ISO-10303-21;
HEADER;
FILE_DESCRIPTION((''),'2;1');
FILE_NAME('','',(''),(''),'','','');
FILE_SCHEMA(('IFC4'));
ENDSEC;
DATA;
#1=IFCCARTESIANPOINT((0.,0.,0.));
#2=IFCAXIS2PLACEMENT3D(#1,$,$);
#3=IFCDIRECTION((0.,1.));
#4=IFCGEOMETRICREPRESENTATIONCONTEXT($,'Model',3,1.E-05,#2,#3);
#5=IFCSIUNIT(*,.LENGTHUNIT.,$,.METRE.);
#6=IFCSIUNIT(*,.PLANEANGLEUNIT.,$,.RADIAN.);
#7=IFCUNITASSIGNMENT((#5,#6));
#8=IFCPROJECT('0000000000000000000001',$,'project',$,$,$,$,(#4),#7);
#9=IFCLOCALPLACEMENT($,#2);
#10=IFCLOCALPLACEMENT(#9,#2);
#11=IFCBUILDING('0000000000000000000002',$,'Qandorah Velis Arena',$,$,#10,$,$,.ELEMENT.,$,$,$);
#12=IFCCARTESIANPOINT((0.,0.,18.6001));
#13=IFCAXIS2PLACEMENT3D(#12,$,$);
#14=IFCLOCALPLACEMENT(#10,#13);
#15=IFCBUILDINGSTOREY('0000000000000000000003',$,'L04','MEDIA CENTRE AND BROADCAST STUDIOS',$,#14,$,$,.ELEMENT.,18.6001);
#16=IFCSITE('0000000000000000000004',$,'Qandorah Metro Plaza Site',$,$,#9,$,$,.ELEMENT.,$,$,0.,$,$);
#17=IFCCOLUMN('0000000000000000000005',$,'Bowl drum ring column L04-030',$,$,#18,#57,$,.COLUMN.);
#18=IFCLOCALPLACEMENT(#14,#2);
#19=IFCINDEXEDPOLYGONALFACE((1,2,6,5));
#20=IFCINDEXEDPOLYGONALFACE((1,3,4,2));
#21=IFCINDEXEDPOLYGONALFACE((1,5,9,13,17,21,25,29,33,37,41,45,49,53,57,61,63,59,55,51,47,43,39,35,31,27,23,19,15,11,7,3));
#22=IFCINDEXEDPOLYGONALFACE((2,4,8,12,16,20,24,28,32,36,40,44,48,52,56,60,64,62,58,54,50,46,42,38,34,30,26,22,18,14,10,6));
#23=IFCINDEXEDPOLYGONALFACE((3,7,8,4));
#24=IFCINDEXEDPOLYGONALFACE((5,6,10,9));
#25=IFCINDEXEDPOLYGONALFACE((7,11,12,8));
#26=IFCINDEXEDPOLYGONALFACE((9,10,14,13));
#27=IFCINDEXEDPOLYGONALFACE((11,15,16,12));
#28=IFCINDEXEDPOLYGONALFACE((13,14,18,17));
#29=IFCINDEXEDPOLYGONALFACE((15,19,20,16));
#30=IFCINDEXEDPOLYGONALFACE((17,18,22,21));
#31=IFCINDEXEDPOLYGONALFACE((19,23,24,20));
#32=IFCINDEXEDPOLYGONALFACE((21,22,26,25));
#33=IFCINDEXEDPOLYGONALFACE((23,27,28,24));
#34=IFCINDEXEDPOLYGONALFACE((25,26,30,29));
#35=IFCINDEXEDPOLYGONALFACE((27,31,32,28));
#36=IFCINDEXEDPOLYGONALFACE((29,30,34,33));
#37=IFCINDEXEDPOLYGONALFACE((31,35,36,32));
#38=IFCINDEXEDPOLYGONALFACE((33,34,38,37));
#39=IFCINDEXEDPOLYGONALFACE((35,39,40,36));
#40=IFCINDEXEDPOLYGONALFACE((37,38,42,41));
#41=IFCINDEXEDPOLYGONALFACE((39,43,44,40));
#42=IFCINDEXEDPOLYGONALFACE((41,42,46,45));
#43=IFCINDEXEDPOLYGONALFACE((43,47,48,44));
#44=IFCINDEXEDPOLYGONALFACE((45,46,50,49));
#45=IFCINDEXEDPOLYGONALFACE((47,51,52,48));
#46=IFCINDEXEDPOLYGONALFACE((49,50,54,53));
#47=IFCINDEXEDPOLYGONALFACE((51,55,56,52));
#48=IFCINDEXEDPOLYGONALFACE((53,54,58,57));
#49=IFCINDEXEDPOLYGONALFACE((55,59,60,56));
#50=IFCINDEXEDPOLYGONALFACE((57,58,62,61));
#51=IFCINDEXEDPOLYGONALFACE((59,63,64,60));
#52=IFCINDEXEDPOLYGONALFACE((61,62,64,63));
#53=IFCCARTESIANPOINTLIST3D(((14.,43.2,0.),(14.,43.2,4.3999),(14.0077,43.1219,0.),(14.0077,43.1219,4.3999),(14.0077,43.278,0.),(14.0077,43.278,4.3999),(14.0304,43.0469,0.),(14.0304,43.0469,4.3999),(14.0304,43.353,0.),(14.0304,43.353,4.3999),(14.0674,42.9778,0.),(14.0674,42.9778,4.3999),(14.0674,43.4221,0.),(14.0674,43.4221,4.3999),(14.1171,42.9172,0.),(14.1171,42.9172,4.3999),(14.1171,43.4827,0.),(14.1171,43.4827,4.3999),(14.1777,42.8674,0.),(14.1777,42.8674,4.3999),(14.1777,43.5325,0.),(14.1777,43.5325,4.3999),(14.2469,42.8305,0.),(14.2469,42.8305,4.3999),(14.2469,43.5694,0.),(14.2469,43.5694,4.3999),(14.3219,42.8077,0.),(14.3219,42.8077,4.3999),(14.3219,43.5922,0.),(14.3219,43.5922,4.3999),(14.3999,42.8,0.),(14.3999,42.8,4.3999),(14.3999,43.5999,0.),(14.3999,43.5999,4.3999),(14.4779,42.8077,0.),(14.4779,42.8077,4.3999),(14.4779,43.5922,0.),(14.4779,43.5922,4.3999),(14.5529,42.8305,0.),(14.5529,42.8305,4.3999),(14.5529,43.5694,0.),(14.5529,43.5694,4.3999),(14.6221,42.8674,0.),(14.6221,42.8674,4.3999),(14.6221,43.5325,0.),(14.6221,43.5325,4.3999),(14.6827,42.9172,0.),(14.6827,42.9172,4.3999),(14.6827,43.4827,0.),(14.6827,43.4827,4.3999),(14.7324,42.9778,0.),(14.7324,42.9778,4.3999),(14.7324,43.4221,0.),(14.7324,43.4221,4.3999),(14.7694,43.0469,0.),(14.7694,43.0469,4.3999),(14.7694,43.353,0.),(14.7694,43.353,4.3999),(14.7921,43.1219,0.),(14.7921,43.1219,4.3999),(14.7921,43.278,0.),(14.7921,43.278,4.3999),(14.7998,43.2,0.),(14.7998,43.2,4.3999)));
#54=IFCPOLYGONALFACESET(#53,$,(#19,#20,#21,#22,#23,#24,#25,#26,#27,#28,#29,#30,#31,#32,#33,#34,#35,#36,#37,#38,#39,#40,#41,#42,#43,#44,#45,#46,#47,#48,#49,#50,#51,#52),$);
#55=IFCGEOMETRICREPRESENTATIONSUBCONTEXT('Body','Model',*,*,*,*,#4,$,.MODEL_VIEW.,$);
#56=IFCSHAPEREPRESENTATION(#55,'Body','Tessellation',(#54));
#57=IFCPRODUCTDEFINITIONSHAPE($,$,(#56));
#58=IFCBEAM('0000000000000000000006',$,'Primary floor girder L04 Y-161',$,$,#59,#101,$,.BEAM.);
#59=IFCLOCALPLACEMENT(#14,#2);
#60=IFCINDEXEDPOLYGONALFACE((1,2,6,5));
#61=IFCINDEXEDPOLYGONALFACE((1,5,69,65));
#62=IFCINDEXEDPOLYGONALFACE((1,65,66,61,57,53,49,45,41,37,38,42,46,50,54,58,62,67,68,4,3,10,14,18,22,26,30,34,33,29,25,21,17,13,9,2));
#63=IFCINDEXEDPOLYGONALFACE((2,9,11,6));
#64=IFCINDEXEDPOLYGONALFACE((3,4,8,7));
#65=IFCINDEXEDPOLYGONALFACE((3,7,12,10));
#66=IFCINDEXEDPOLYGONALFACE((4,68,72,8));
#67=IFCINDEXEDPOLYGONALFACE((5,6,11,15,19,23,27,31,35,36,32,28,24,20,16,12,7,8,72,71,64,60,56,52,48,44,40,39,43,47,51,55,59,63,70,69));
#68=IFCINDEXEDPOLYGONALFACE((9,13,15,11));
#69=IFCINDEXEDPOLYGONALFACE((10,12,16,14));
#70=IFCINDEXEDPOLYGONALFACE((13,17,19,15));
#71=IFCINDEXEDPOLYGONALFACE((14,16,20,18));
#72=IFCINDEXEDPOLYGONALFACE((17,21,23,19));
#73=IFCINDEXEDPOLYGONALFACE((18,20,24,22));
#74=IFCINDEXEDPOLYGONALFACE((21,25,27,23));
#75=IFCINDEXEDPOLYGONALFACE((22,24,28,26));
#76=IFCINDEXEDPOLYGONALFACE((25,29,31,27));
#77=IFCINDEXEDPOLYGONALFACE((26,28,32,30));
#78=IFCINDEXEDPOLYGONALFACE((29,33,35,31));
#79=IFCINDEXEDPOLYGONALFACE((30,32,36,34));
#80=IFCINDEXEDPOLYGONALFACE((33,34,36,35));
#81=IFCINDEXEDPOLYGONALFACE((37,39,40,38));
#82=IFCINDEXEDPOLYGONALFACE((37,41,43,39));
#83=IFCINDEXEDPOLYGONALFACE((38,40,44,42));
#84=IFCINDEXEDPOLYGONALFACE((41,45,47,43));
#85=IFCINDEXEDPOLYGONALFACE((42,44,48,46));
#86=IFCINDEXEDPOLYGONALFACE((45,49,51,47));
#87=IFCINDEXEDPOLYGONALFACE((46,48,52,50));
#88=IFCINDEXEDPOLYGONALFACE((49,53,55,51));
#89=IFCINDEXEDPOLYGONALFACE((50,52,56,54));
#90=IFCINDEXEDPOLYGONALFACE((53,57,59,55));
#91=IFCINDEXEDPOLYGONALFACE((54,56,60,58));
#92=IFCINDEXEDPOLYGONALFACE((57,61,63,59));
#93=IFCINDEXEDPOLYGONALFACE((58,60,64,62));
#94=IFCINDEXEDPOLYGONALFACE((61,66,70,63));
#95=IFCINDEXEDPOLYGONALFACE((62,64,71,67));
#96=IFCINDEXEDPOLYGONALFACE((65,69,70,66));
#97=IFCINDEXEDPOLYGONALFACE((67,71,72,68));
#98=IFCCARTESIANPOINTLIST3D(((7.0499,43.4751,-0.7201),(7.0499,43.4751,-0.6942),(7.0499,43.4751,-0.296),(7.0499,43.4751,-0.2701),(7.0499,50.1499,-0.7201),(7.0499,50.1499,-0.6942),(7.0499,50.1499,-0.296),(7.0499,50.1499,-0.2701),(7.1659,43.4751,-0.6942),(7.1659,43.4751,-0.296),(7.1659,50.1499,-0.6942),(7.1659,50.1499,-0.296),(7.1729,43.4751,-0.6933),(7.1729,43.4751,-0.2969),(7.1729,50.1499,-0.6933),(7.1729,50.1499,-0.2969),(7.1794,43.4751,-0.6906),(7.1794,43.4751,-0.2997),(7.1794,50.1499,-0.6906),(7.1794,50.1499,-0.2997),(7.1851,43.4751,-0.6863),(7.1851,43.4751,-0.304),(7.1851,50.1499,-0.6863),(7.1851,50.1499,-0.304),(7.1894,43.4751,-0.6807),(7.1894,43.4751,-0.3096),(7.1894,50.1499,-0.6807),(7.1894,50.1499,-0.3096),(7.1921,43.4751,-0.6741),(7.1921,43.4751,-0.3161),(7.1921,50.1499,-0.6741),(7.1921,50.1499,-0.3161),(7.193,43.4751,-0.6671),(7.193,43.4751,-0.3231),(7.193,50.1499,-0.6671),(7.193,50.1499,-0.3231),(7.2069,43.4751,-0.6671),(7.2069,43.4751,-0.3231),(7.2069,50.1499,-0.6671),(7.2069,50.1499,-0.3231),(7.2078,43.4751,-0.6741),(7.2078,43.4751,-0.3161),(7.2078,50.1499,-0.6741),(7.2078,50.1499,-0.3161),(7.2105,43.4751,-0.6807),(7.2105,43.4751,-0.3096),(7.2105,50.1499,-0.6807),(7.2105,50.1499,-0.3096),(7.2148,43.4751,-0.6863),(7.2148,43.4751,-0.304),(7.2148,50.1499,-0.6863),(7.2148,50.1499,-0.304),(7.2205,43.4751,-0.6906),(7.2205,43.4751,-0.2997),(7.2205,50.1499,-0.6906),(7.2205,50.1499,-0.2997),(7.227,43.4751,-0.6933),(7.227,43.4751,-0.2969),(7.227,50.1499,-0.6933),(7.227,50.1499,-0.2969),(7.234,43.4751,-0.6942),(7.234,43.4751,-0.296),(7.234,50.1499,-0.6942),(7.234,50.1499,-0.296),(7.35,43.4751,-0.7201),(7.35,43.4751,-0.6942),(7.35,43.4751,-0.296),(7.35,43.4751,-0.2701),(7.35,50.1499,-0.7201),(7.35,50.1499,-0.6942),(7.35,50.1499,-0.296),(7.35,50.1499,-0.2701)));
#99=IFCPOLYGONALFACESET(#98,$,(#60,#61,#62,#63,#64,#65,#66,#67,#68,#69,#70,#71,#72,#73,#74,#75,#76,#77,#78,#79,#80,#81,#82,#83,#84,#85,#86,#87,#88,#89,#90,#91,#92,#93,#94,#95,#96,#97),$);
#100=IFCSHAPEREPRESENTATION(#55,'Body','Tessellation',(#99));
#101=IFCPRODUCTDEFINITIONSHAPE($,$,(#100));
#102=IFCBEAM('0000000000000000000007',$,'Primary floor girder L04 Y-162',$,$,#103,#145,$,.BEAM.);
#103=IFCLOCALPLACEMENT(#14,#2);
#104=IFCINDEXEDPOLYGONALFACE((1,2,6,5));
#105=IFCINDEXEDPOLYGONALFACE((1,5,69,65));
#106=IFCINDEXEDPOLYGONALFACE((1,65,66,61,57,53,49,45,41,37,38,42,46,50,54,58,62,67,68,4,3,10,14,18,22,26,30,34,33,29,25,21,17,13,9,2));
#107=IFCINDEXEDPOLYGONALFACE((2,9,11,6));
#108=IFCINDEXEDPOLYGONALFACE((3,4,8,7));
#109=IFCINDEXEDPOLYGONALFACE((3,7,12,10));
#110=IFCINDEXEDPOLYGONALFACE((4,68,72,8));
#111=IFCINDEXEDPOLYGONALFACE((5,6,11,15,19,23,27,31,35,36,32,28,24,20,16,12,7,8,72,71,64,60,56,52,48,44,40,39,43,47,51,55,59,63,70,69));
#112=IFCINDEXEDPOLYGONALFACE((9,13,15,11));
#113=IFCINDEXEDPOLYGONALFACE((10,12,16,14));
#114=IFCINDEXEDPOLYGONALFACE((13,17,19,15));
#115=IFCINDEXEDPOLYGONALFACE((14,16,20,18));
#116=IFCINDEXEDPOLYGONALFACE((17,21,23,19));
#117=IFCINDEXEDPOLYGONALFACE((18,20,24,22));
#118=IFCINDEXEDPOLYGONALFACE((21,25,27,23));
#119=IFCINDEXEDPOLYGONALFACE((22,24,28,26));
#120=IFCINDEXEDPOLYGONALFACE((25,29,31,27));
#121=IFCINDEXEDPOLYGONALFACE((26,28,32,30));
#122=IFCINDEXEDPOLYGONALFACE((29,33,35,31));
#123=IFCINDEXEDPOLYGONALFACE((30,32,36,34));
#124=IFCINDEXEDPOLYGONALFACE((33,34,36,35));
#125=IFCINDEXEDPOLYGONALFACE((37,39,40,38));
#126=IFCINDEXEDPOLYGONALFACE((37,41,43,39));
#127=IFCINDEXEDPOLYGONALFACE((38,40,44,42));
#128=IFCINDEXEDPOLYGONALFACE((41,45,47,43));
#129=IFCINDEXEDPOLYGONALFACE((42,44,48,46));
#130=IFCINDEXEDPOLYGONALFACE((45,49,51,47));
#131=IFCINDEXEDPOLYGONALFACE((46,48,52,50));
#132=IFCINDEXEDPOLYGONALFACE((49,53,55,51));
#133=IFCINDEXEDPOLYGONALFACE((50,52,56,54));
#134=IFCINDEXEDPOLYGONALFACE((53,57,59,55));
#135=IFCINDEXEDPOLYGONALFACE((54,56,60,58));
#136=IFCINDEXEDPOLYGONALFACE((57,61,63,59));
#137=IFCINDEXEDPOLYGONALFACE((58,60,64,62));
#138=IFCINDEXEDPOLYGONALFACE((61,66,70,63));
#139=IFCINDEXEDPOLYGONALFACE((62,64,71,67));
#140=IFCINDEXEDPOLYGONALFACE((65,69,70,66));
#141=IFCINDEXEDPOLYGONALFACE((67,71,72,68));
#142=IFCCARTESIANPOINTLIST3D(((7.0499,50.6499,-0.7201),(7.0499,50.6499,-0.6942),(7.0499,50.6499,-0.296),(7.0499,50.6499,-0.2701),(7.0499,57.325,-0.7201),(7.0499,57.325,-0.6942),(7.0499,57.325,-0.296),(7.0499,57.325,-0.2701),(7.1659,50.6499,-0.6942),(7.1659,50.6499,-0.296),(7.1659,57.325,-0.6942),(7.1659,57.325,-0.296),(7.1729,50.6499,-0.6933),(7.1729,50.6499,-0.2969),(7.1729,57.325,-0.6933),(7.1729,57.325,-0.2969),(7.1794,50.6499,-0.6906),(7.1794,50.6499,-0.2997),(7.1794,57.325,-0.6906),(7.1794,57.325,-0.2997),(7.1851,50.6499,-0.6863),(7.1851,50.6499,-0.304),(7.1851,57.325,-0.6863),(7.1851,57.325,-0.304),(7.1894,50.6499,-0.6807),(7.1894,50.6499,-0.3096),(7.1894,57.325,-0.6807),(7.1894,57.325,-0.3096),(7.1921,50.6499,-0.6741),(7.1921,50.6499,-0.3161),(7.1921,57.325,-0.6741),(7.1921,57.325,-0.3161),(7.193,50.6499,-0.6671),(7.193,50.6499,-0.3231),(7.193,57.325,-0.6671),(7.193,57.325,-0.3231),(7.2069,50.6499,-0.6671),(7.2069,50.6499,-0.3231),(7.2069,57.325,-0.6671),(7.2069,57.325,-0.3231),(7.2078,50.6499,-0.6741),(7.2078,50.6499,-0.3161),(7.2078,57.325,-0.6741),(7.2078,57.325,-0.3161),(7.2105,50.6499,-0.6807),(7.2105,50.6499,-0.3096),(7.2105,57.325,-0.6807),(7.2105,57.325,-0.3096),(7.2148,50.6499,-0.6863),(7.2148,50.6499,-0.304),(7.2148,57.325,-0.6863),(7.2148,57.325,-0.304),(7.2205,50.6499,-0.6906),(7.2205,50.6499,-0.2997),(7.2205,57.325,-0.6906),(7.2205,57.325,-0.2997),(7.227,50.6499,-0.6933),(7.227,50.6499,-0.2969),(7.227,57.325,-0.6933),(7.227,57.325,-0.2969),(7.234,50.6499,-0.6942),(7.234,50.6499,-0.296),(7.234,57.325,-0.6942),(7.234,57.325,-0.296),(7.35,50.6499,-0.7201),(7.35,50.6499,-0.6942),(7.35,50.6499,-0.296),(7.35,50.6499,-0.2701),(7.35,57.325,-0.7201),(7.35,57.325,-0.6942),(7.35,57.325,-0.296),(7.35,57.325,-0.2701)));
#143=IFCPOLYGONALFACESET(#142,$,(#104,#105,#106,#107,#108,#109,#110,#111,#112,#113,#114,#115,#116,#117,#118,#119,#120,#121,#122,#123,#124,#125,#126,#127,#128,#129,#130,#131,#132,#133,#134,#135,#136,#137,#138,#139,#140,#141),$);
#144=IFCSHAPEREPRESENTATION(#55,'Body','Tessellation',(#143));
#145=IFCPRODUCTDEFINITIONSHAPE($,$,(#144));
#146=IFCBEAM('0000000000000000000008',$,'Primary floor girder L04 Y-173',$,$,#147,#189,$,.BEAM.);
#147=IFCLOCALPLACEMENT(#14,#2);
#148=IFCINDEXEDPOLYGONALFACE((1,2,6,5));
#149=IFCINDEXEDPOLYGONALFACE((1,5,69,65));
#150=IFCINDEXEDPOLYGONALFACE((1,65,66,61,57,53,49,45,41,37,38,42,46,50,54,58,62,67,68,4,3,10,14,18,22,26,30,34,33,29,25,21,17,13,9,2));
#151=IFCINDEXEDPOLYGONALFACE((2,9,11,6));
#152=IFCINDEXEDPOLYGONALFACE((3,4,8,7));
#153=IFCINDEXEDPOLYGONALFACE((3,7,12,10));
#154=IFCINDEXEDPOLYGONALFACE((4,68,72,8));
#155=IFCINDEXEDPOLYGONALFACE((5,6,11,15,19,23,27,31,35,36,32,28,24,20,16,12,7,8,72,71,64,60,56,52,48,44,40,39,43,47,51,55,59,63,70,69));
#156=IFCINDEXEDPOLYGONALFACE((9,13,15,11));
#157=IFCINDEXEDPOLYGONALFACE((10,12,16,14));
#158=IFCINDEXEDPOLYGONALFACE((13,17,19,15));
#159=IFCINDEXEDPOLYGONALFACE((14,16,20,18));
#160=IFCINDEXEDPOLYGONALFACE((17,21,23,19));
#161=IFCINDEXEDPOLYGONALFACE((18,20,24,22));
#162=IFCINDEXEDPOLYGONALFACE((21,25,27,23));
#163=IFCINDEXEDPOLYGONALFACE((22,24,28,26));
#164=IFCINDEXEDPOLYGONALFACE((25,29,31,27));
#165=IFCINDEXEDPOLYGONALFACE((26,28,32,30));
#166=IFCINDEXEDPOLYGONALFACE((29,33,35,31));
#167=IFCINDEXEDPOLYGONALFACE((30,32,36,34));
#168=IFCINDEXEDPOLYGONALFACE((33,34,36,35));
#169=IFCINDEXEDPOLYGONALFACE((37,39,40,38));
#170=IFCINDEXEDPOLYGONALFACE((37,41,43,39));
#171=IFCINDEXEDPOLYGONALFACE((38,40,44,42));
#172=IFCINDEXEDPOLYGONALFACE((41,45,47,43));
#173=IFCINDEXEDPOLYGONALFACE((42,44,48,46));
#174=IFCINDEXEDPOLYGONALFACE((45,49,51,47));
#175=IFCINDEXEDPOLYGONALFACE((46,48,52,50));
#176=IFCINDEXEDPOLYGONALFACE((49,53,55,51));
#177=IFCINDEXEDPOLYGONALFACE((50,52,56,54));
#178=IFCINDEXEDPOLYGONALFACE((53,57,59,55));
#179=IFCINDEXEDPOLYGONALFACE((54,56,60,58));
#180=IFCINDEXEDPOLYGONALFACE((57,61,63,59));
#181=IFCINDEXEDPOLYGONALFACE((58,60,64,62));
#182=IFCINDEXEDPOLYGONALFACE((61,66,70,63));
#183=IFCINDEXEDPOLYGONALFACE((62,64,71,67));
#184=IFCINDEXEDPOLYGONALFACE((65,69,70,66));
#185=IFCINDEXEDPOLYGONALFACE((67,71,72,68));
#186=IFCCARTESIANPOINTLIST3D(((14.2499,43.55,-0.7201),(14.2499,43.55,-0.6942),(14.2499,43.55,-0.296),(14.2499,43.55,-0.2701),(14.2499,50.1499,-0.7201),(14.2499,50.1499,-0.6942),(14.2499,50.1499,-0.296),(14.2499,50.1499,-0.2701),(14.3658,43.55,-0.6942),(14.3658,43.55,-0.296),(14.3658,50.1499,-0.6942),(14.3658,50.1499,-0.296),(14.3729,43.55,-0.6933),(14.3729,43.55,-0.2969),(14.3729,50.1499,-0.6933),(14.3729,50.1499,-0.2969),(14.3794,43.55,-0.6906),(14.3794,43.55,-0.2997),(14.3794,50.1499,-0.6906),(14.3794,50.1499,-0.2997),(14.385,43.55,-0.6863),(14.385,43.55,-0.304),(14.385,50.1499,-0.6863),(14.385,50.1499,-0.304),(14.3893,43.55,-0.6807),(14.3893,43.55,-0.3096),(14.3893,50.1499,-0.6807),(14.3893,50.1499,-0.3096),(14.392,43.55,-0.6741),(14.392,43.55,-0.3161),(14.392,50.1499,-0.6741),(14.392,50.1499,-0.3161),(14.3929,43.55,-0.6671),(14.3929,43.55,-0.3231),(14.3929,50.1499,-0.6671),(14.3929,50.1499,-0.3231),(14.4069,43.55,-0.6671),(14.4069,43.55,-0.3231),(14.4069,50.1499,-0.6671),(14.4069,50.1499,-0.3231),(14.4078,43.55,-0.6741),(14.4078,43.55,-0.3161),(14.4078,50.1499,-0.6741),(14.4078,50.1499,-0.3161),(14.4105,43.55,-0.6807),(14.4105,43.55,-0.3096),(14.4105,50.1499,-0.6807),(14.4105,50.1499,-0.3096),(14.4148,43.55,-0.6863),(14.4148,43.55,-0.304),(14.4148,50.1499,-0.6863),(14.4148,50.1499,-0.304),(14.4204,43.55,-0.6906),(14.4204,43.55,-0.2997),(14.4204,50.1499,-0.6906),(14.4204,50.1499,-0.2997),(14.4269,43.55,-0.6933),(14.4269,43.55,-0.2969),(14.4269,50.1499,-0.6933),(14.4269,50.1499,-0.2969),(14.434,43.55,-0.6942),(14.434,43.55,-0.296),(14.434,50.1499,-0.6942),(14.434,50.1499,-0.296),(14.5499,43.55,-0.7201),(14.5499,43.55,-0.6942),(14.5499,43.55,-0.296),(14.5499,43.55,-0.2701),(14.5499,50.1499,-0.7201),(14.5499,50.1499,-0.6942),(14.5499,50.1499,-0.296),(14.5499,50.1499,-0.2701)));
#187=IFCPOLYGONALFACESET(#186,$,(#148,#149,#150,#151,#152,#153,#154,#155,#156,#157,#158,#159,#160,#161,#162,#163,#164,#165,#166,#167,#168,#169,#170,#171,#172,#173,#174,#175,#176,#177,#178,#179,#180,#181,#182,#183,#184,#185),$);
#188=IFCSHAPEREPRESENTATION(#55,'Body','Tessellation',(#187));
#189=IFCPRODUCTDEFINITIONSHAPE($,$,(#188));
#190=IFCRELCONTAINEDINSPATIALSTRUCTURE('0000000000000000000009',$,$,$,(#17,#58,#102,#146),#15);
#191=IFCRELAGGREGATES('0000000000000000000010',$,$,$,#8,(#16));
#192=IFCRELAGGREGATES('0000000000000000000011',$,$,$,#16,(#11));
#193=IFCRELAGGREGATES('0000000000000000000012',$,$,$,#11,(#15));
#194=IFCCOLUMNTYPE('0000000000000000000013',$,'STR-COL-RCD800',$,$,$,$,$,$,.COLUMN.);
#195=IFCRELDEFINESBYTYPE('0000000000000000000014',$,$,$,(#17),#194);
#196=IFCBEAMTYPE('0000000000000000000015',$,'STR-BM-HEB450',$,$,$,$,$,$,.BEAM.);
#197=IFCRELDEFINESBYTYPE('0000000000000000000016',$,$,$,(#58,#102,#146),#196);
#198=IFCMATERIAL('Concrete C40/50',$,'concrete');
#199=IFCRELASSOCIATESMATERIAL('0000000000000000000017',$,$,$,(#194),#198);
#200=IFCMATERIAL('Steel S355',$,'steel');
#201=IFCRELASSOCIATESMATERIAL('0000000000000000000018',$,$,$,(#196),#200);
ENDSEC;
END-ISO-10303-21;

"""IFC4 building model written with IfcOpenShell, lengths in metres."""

from ifc_helpers import new_model, si_unit, direction, frame, origin, origin_2d, place, context, subcontext, project, spatial, circle, i_section, extrude, material, material_profile, profile_set, type_object, element, save


model = new_model("IFC4")

# Units and contexts
model_context = context("Model", 3, precision=1e-05, world=origin(), true_north=direction((0.0, 1.0)))
body_context = subcontext(model_context, "Body", "Model", "MODEL_VIEW")
ifc_project = project(units=[si_unit("LENGTHUNIT", "METRE"), si_unit("PLANEANGLEUNIT", "RADIAN")], contexts=[model_context])

# Site, building, storey
site_placement = place(None, origin())
site = spatial("IfcSite", under=ifc_project, at=site_placement, Name="Qandorah Metro Plaza Site", CompositionType="ELEMENT", RefElevation=0.0)
building_placement = place(site_placement, origin())
building = spatial("IfcBuilding", under=site, at=building_placement, Name="Qandorah Velis Arena", CompositionType="ELEMENT")
storey_placement = place(building_placement, frame((0.0, 0.0, 18.6001)))
storey = spatial("IfcBuildingStorey", under=building, at=storey_placement, Name="L04", Description="MEDIA CENTRE AND BROADCAST STUDIOS", CompositionType="ELEMENT", Elevation=18.6001)

# Column
ifc_material_1 = material(Name="Steel S355", Category="steel")
ifc_material_2 = material(Name="Concrete C40/50", Category="concrete")
ifc_material_profile_1 = material_profile(ifc_material_2, circle(Radius=0.3999, at=origin_2d()), Name="RC D800")
ifc_profile_set_1 = profile_set([ifc_material_profile_1], Name="Concrete C40/50")
column_type_1 = type_object("IfcColumnType", Name="STR-COL-RCD800", PredefinedType="COLUMN", material=ifc_profile_set_1)
column_placement = place(storey_placement, frame((14.3999, 43.2, 0.0), z_axis=(0.0, 0.0, 1.0), x_axis=(1.0, 0.0, 0.0)))
element("IfcColumn", 1, at=column_placement, inside=storey, type_object=column_type_1, Name="Bowl drum ring column L04-030", PredefinedType="COLUMN", context=body_context, shape_type="SweptSolid", body=[
    extrude(circle(Radius=0.3999, at=origin_2d()), origin(), (0.0, 0.0, 1.0), 4.3999),
])

# Beams
ifc_material_profile_2 = material_profile(ifc_material_1, i_section(OverallWidth=0.3, OverallDepth=0.45, WebThickness=0.0139, FlangeThickness=0.0259, FilletRadius=0.0271, at=origin_2d()), Name="HEB 450")
ifc_profile_set_2 = profile_set([ifc_material_profile_2], Name="Steel S355")
beam_type_1 = type_object("IfcBeamType", Name="STR-BM-HEB450", PredefinedType="BEAM", material=ifc_profile_set_2)
beam_1_placement = place(storey_placement, frame((7.2, 43.4751, -0.4951), z_axis=(0.0, 1.0, 0.0), x_axis=(-1.0, 0.0, 0.0)))
element("IfcBeam", 2, at=beam_1_placement, inside=storey, type_object=beam_type_1, Name="Primary floor girder L04 Y-161", PredefinedType="BEAM", context=body_context, shape_type="SweptSolid", body=[
    extrude(i_section(OverallWidth=0.3, OverallDepth=0.45, WebThickness=0.0139, FlangeThickness=0.0259, FilletRadius=0.0271, at=origin_2d()), origin(), (0.0, 0.0, 1.0), 6.6748),
])
beam_2_placement = place(storey_placement, frame((7.2, 50.6499, -0.4951), z_axis=(0.0, 1.0, 0.0), x_axis=(-1.0, 0.0, 0.0)))
element("IfcBeam", 3, at=beam_2_placement, inside=storey, type_object=beam_type_1, Name="Primary floor girder L04 Y-162", PredefinedType="BEAM", context=body_context, shape_type="SweptSolid", body=[
    extrude(i_section(OverallWidth=0.3, OverallDepth=0.45, WebThickness=0.0139, FlangeThickness=0.0259, FilletRadius=0.0271, at=origin_2d()), origin(), (0.0, 0.0, 1.0), 6.675),
])
beam_3_placement = place(storey_placement, frame((14.3999, 43.55, -0.4951), z_axis=(0.0, 1.0, 0.0), x_axis=(-1.0, 0.0, 0.0)))
element("IfcBeam", 4, at=beam_3_placement, inside=storey, type_object=beam_type_1, Name="Primary floor girder L04 Y-173", PredefinedType="BEAM", context=body_context, shape_type="SweptSolid", body=[
    extrude(i_section(OverallWidth=0.3, OverallDepth=0.45, WebThickness=0.0139, FlangeThickness=0.0259, FilletRadius=0.0271, at=origin_2d()), origin(), (0.0, 0.0, 1.0), 6.5999),
])

save(model, "model.ifc")
